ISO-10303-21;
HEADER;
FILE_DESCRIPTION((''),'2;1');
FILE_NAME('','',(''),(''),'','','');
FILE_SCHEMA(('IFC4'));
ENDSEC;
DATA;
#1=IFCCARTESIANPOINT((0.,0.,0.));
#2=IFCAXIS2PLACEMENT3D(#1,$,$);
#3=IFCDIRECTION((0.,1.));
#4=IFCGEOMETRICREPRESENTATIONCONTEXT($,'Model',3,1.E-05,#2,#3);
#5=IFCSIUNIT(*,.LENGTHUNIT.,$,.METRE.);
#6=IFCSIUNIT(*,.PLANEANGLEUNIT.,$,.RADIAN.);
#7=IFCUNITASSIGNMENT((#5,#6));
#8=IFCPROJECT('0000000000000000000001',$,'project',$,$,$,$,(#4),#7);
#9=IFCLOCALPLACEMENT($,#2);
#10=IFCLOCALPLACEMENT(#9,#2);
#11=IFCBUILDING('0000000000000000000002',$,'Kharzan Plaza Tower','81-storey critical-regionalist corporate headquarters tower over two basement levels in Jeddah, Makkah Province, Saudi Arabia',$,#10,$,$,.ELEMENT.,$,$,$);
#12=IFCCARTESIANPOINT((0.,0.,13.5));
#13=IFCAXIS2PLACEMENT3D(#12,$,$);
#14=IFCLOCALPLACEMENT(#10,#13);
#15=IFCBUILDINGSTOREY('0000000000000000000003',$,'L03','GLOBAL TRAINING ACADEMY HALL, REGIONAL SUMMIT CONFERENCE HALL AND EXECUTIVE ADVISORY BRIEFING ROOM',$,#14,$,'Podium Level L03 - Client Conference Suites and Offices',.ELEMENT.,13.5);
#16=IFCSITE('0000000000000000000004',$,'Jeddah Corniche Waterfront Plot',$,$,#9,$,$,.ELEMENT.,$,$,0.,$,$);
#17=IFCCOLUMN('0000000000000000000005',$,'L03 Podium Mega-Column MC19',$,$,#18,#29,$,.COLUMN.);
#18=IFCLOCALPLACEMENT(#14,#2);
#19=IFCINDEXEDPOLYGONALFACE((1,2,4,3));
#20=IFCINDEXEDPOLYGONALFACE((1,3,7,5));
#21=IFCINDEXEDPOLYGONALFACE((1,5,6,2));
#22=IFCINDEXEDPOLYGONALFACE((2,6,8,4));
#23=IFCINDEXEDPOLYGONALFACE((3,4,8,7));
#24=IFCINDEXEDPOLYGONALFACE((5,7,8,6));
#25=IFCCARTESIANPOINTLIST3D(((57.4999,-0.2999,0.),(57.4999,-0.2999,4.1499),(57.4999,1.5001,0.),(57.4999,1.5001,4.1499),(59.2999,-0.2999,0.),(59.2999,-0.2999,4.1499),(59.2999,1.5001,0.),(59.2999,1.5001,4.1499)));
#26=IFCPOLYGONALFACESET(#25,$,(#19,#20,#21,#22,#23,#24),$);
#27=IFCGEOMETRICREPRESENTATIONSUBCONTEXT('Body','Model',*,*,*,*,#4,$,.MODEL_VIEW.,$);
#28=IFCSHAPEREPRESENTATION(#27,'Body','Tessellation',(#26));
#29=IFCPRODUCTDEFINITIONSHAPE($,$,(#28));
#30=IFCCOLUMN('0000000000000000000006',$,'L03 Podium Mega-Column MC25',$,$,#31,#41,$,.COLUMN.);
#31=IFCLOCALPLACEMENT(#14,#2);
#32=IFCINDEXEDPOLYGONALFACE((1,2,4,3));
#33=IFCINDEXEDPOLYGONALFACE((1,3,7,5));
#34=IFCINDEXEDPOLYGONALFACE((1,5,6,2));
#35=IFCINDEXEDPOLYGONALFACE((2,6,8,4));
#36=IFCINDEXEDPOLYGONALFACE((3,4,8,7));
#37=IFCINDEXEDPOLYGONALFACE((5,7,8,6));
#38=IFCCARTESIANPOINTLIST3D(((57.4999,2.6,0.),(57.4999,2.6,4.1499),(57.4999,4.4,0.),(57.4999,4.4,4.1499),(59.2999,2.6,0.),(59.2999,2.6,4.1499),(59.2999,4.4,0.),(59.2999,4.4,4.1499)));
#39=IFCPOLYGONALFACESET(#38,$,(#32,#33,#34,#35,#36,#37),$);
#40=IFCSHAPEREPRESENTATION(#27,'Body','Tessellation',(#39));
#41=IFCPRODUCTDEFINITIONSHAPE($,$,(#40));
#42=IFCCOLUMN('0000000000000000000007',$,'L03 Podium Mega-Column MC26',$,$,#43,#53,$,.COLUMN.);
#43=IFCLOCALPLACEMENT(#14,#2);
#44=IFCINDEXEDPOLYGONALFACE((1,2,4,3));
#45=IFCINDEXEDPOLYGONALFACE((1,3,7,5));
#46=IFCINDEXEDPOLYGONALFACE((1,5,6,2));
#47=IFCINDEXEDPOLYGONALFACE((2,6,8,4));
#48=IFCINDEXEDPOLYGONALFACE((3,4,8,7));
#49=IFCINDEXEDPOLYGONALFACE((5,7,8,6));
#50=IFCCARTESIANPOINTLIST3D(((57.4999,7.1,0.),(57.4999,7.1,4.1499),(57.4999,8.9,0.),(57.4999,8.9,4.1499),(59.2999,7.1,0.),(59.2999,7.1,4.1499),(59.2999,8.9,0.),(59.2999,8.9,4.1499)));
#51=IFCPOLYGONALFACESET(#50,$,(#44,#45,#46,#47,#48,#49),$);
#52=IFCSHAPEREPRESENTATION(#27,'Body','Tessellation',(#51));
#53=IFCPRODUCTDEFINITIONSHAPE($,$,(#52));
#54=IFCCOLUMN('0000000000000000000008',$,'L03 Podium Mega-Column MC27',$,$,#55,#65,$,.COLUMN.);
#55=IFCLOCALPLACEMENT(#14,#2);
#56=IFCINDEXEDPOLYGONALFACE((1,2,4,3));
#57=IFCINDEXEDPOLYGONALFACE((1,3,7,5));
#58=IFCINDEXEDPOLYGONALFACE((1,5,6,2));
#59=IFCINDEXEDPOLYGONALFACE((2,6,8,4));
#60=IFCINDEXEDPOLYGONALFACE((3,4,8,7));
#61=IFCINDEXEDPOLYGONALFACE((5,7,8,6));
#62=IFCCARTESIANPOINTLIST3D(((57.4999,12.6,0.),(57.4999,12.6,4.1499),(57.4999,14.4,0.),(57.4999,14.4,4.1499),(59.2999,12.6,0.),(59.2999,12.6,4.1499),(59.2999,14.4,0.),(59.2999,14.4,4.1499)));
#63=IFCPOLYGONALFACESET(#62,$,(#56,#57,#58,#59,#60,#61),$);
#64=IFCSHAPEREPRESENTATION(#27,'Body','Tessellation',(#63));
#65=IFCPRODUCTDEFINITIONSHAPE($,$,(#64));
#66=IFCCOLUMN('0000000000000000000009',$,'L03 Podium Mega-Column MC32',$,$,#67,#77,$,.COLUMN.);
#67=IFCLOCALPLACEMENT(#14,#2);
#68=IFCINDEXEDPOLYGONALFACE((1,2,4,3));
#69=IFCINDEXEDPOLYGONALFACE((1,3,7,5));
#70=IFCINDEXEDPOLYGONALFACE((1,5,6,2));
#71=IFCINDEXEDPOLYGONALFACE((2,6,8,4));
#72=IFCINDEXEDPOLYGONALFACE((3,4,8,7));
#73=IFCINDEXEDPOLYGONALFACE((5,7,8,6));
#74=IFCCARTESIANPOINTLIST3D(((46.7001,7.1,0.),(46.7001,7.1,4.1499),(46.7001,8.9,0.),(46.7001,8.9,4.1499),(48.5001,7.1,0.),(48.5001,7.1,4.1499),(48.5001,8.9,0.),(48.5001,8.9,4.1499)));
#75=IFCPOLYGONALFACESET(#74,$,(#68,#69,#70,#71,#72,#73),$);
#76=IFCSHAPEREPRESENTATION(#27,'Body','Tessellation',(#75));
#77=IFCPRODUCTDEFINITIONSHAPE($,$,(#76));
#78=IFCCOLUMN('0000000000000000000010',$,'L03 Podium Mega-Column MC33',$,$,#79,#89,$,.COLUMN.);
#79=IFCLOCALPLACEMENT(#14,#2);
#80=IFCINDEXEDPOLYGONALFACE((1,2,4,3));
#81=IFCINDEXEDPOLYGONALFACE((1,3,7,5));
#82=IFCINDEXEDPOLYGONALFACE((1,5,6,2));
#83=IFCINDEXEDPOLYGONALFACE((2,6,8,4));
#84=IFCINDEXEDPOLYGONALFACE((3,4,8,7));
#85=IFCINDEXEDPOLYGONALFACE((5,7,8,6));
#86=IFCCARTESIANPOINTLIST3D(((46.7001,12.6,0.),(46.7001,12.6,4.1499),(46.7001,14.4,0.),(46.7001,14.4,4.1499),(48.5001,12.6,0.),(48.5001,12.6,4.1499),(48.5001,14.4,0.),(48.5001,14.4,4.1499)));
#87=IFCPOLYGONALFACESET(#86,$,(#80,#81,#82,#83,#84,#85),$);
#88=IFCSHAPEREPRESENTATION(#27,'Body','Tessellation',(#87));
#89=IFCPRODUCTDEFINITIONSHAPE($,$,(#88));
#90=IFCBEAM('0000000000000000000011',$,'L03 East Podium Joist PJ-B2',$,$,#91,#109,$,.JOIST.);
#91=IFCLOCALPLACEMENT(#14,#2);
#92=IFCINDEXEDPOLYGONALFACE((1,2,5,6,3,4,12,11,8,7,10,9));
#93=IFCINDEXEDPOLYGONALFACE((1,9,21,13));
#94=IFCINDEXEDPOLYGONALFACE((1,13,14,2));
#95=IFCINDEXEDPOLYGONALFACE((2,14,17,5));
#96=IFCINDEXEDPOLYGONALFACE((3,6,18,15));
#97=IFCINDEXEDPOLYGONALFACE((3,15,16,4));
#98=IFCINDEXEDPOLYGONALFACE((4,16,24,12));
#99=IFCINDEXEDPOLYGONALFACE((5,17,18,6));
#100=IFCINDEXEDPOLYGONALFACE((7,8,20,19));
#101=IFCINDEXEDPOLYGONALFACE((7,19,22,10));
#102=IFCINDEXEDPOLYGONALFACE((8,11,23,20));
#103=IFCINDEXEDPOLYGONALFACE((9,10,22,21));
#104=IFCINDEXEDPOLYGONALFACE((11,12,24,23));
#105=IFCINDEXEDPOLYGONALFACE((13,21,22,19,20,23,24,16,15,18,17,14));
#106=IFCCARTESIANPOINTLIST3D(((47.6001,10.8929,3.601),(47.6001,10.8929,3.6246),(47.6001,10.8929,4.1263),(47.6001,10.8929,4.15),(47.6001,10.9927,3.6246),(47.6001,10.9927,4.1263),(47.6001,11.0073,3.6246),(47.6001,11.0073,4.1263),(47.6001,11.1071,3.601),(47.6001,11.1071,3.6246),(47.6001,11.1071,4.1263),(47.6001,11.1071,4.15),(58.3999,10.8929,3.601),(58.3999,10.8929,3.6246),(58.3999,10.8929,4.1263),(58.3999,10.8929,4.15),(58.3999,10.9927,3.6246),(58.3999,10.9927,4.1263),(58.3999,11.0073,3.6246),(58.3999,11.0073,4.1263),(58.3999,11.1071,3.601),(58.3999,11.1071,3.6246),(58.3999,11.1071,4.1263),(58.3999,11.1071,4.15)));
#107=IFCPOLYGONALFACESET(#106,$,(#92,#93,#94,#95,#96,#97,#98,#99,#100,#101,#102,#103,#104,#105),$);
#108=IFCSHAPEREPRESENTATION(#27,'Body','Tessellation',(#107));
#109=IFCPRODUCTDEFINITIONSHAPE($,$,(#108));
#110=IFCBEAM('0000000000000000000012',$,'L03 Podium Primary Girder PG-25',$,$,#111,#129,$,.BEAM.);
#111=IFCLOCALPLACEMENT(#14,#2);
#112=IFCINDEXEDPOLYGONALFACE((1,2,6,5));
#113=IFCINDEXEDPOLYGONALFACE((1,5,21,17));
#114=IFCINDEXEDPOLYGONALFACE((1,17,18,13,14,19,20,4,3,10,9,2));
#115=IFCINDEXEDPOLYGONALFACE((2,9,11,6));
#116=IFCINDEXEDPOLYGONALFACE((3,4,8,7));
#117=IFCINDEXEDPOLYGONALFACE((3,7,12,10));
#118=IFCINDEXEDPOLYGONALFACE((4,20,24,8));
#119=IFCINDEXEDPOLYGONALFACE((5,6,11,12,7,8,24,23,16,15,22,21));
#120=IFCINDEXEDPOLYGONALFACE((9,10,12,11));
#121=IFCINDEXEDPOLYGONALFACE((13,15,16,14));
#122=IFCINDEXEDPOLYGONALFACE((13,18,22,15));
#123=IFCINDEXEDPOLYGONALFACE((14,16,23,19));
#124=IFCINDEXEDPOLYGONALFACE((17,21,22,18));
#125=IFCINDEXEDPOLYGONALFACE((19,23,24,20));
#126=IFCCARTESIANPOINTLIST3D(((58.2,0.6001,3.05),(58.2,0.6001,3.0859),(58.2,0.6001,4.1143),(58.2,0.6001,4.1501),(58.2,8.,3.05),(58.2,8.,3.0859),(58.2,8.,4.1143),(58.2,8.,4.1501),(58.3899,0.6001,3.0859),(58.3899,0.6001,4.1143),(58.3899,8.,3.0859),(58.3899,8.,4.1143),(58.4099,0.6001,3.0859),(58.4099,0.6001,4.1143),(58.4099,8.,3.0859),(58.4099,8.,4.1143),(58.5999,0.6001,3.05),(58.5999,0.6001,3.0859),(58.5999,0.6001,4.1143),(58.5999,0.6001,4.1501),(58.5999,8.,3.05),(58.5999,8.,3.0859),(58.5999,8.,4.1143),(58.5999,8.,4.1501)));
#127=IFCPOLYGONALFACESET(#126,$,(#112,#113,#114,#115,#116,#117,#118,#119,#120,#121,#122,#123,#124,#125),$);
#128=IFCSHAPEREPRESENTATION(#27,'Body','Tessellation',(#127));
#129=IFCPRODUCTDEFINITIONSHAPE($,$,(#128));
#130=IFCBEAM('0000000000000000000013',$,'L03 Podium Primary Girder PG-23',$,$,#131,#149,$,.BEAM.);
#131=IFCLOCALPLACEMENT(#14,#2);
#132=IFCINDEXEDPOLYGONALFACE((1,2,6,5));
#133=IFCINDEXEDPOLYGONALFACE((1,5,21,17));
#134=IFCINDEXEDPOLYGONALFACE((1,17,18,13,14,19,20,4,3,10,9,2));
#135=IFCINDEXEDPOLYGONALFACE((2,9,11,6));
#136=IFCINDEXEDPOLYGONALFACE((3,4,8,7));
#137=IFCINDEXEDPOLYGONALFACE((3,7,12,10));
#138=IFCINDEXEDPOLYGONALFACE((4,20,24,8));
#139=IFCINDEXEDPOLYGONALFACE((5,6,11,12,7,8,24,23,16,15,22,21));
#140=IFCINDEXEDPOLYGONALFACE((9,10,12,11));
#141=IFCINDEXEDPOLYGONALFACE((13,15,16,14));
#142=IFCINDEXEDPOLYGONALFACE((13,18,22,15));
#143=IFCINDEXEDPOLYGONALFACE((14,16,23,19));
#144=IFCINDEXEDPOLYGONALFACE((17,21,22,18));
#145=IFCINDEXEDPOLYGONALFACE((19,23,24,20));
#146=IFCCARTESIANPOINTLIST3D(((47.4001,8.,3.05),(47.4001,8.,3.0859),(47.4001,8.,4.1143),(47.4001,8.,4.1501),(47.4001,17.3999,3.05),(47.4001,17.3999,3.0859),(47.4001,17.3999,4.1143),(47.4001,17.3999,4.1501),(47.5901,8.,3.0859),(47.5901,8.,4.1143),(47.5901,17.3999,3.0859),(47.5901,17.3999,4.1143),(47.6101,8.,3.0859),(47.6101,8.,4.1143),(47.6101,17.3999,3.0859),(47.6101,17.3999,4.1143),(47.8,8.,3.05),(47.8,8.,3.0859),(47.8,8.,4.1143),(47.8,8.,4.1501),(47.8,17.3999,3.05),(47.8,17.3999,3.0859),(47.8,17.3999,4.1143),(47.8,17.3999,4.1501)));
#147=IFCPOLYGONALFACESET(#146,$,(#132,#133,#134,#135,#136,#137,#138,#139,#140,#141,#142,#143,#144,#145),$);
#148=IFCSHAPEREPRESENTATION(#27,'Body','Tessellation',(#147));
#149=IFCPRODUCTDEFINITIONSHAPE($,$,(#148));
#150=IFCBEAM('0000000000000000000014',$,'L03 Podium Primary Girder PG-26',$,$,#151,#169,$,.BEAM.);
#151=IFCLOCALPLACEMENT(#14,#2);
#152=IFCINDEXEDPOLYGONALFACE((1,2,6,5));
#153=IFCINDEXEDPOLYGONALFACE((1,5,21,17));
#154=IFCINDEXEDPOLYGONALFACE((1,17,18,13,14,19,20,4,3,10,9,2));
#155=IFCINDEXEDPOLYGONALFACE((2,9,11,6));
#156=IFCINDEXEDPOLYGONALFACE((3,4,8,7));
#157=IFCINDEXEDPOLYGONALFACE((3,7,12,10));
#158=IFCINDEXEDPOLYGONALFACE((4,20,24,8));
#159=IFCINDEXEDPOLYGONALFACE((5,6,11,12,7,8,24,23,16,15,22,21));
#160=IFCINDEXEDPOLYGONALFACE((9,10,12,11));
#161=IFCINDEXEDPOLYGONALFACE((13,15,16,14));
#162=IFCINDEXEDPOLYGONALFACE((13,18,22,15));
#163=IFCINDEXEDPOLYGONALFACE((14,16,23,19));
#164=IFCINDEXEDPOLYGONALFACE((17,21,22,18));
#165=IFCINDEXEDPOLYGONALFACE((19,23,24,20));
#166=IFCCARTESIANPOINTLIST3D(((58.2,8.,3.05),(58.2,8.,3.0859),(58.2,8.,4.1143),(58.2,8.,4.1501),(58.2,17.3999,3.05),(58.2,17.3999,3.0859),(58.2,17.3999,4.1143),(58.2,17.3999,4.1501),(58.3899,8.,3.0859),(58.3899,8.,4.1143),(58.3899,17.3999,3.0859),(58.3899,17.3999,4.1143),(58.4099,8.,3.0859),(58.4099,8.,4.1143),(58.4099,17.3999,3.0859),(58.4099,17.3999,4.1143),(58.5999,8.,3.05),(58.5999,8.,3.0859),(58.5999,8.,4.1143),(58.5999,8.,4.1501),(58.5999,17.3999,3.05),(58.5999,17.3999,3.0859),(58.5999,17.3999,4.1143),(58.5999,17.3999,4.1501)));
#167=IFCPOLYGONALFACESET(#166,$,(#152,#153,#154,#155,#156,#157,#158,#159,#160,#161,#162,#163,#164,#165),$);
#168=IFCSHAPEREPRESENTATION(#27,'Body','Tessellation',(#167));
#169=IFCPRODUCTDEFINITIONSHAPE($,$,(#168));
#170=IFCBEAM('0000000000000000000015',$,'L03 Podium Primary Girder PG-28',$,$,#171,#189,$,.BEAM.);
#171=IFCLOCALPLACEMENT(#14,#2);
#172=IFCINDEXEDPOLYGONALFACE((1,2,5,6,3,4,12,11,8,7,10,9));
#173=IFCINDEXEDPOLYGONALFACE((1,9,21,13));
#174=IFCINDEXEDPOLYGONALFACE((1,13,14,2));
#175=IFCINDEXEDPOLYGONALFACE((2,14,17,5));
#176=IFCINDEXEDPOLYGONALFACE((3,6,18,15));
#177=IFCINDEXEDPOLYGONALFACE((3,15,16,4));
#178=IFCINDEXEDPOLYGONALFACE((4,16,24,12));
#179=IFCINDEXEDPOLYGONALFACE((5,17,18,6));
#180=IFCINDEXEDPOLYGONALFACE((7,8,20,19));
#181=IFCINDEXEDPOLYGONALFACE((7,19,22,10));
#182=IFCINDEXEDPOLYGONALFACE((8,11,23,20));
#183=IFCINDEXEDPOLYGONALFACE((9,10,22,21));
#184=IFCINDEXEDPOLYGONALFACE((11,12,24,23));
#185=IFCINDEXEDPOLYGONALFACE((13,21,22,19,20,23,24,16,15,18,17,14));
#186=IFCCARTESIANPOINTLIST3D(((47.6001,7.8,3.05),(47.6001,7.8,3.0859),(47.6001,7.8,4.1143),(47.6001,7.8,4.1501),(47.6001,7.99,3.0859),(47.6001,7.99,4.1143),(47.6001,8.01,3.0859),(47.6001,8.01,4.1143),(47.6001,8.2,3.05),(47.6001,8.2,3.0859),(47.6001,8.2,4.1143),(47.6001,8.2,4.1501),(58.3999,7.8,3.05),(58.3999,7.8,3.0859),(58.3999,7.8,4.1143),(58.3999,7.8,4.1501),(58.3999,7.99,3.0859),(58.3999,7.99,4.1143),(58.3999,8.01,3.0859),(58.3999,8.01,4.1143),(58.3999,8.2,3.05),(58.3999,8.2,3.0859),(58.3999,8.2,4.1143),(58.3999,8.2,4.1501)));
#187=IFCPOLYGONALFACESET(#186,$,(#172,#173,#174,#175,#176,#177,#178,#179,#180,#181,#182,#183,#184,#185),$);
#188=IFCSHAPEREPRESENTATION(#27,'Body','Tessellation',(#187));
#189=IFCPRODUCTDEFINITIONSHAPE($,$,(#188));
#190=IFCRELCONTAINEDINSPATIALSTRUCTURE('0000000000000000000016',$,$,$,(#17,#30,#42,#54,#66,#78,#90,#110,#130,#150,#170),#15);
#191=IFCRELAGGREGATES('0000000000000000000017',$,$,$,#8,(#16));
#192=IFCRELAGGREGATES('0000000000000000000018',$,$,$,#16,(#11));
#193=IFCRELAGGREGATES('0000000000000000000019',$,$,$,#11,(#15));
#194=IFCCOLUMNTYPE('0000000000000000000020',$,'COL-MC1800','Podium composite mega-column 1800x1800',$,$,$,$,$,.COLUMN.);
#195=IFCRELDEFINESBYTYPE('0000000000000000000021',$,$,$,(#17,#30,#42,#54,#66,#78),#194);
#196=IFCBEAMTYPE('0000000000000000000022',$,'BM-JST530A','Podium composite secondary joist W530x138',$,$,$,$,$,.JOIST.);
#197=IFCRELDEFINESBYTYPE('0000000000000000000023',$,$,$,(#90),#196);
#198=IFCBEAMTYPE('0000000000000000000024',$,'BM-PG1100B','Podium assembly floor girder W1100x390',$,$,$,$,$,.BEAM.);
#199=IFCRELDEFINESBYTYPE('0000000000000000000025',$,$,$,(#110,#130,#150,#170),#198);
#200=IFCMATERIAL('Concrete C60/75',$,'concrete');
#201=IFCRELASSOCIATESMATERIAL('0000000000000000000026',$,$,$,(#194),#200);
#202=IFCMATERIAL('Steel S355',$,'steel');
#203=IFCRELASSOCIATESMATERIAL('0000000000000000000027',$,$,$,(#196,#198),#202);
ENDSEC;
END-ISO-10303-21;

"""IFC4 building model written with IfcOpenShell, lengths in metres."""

from ifc_helpers import new_model, si_unit, direction, frame, origin, origin_2d, place, context, subcontext, project, spatial, rectangle, i_section, extrude, source, transform, mapped, material, material_profile, profile_set, type_object, element, save


model = new_model("IFC4")

# Units and contexts
model_context = context("Model", 3, precision=1e-05, world=origin(), true_north=direction((0.0, 1.0)))
body_context = subcontext(model_context, "Body", "Model", "MODEL_VIEW")
ifc_project = project(units=[si_unit("LENGTHUNIT", "METRE"), si_unit("PLANEANGLEUNIT", "RADIAN")], contexts=[model_context])

# Site, building, storey
site_placement = place(None, origin())
site = spatial("IfcSite", under=ifc_project, at=site_placement, Name="Jeddah Corniche Waterfront Plot", CompositionType="ELEMENT", RefElevation=0.0)
building_placement = place(site_placement, origin())
building = spatial("IfcBuilding", under=site, at=building_placement, Name="Kharzan Plaza Tower", Description="81-storey critical-regionalist corporate headquarters tower over two basement levels in Jeddah, Makkah Province, Saudi Arabia", CompositionType="ELEMENT")
storey_placement = place(building_placement, frame((0.0, 0.0, 13.5)))
storey = spatial("IfcBuildingStorey", under=building, at=storey_placement, Name="L03", Description="GLOBAL TRAINING ACADEMY HALL, REGIONAL SUMMIT CONFERENCE HALL AND EXECUTIVE ADVISORY BRIEFING ROOM", LongName="Podium Level L03 - Client Conference Suites and Offices", CompositionType="ELEMENT", Elevation=13.5)

# Columns
ifc_material_1 = material(Name="Concrete C60/75", Category="concrete")
ifc_material_profile_1 = material_profile(ifc_material_1, rectangle(XDim=1.8, YDim=1.8, at=origin_2d()), Name="RC-MC1800x1800")
ifc_profile_set_1 = profile_set([ifc_material_profile_1], Name="Concrete C60/75")
column_type = type_object("IfcColumnType", Name="COL-MC1800", Description="Podium composite mega-column 1800x1800", PredefinedType="COLUMN", material=ifc_profile_set_1)
shared_shape_1 = source(origin(), body_context, "Body", "SweptSolid", [
    extrude(rectangle(XDim=1.8, YDim=1.8, at=origin_2d()), origin(), (0.0, 0.0, 1.0), 4.1499),
])
for number, where, z_axis, x_axis, name in (
    (1, (58.3999, 0.6001, 0.0), (0.0, 0.0, 1.0), (1.0, 0.0, 0.0), "L03 Podium Mega-Column MC19"),
    (2, (58.3999, 3.5, 0.0), (0.0, 0.0, 1.0), (1.0, 0.0, 0.0), "L03 Podium Mega-Column MC25"),
    (3, (58.3999, 8.0, 0.0), (0.0, 0.0, 1.0), (1.0, 0.0, 0.0), "L03 Podium Mega-Column MC26"),
    (4, (58.3999, 13.5, 0.0), (0.0, 0.0, 1.0), (1.0, 0.0, 0.0), "L03 Podium Mega-Column MC27"),
    (5, (47.6001, 8.0, 0.0), (0.0, 0.0, 1.0), (1.0, 0.0, 0.0), "L03 Podium Mega-Column MC32"),
    (6, (47.6001, 13.5, 0.0), (0.0, 0.0, 1.0), (1.0, 0.0, 0.0), "L03 Podium Mega-Column MC33"),
):
    element("IfcColumn", number, at=place(storey_placement, frame(where, z_axis=z_axis, x_axis=x_axis)), inside=storey, type_object=column_type, Name=name, PredefinedType="COLUMN", context=body_context, shape_type="MappedRepresentation", body=[
        mapped(shared_shape_1, transform((0.0, 0.0, 0.0), x_axis=(1.0, 0.0, 0.0), y_axis=(0.0, 1.0, 0.0), z_axis=(0.0, 0.0, 1.0))),
    ])

# Beams
ifc_material_2 = material(Name="Steel S355", Category="steel")
ifc_material_profile_2 = material_profile(ifc_material_2, i_section(OverallWidth=0.2141, OverallDepth=0.5491, WebThickness=0.0146, FlangeThickness=0.0237, at=origin_2d()), Name="W530x138")
ifc_profile_set_2 = profile_set([ifc_material_profile_2], Name="Steel S355")
beam_type_1 = type_object("IfcBeamType", Name="BM-JST530A", Description="Podium composite secondary joist W530x138", PredefinedType="JOIST", material=ifc_profile_set_2)
shared_shape_2 = source(origin(), body_context, "Body", "SweptSolid", [
    extrude(i_section(OverallWidth=0.2141, OverallDepth=0.5491, WebThickness=0.0146, FlangeThickness=0.0237, at=origin_2d()), origin(), (0.0, 0.0, 1.0), 10.7998),
])
beam_1_placement = place(storey_placement, frame((47.6001, 11.0, 3.8755), z_axis=(1.0, 0.0, 0.0), x_axis=(0.0, 1.0, 0.0)))
element("IfcBeam", 7, at=beam_1_placement, inside=storey, type_object=beam_type_1, Name="L03 East Podium Joist PJ-B2", PredefinedType="JOIST", context=body_context, shape_type="MappedRepresentation", body=[
    mapped(shared_shape_2, transform((0.0, 0.0, 0.0), x_axis=(1.0, 0.0, 0.0), y_axis=(0.0, 1.0, 0.0), z_axis=(0.0, 0.0, 1.0))),
])
ifc_material_profile_3 = material_profile(ifc_material_2, i_section(OverallWidth=0.3999, OverallDepth=1.1001, WebThickness=0.02, FlangeThickness=0.0359, at=origin_2d()), Name="W1100x390")
ifc_profile_set_3 = profile_set([ifc_material_profile_3], Name="Steel S355")
beam_type_2 = type_object("IfcBeamType", Name="BM-PG1100B", Description="Podium assembly floor girder W1100x390", PredefinedType="BEAM", material=ifc_profile_set_3)
shared_shape_3 = source(origin(), body_context, "Body", "SweptSolid", [
    extrude(i_section(OverallWidth=0.3999, OverallDepth=1.1001, WebThickness=0.02, FlangeThickness=0.0359, at=origin_2d()), origin(), (0.0, 0.0, 1.0), 7.3999),
])
beam_2_placement = place(storey_placement, frame((58.3999, 0.6001, 3.6001), z_axis=(0.0, 1.0, 0.0), x_axis=(-1.0, 0.0, 0.0)))
element("IfcBeam", 8, at=beam_2_placement, inside=storey, type_object=beam_type_2, Name="L03 Podium Primary Girder PG-25", PredefinedType="BEAM", context=body_context, shape_type="MappedRepresentation", body=[
    mapped(shared_shape_3, transform((0.0, 0.0, 0.0), x_axis=(1.0, 0.0, 0.0), y_axis=(0.0, 1.0, 0.0), z_axis=(0.0, 0.0, 1.0))),
])
shared_shape_4 = source(origin(), body_context, "Body", "SweptSolid", [
    extrude(i_section(OverallWidth=0.3999, OverallDepth=1.1001, WebThickness=0.02, FlangeThickness=0.0359, at=origin_2d()), origin(), (0.0, 0.0, 1.0), 9.3999),
])
for number, where, z_axis, x_axis, name in (
    (9, (47.6001, 8.0, 3.6001), (0.0, 1.0, 0.0), (-1.0, 0.0, 0.0), "L03 Podium Primary Girder PG-23"),
    (10, (58.3999, 8.0, 3.6001), (0.0, 1.0, 0.0), (-1.0, 0.0, 0.0), "L03 Podium Primary Girder PG-26"),
):
    element("IfcBeam", number, at=place(storey_placement, frame(where, z_axis=z_axis, x_axis=x_axis)), inside=storey, type_object=beam_type_2, Name=name, PredefinedType="BEAM", context=body_context, shape_type="MappedRepresentation", body=[
        mapped(shared_shape_4, transform((0.0, 0.0, 0.0), x_axis=(1.0, 0.0, 0.0), y_axis=(0.0, 1.0, 0.0), z_axis=(0.0, 0.0, 1.0))),
    ])
shared_shape_5 = source(origin(), body_context, "Body", "SweptSolid", [
    extrude(i_section(OverallWidth=0.3999, OverallDepth=1.1001, WebThickness=0.02, FlangeThickness=0.0359, at=origin_2d()), origin(), (0.0, 0.0, 1.0), 10.7998),
])
beam_3_placement = place(storey_placement, frame((47.6001, 8.0, 3.6001), z_axis=(1.0, 0.0, 0.0), x_axis=(0.0, 1.0, 0.0)))
element("IfcBeam", 11, at=beam_3_placement, inside=storey, type_object=beam_type_2, Name="L03 Podium Primary Girder PG-28", PredefinedType="BEAM", context=body_context, shape_type="MappedRepresentation", body=[
    mapped(shared_shape_5, transform((0.0, 0.0, 0.0), x_axis=(1.0, 0.0, 0.0), y_axis=(0.0, 1.0, 0.0), z_axis=(0.0, 0.0, 1.0))),
])

save(model, "model.ifc")
